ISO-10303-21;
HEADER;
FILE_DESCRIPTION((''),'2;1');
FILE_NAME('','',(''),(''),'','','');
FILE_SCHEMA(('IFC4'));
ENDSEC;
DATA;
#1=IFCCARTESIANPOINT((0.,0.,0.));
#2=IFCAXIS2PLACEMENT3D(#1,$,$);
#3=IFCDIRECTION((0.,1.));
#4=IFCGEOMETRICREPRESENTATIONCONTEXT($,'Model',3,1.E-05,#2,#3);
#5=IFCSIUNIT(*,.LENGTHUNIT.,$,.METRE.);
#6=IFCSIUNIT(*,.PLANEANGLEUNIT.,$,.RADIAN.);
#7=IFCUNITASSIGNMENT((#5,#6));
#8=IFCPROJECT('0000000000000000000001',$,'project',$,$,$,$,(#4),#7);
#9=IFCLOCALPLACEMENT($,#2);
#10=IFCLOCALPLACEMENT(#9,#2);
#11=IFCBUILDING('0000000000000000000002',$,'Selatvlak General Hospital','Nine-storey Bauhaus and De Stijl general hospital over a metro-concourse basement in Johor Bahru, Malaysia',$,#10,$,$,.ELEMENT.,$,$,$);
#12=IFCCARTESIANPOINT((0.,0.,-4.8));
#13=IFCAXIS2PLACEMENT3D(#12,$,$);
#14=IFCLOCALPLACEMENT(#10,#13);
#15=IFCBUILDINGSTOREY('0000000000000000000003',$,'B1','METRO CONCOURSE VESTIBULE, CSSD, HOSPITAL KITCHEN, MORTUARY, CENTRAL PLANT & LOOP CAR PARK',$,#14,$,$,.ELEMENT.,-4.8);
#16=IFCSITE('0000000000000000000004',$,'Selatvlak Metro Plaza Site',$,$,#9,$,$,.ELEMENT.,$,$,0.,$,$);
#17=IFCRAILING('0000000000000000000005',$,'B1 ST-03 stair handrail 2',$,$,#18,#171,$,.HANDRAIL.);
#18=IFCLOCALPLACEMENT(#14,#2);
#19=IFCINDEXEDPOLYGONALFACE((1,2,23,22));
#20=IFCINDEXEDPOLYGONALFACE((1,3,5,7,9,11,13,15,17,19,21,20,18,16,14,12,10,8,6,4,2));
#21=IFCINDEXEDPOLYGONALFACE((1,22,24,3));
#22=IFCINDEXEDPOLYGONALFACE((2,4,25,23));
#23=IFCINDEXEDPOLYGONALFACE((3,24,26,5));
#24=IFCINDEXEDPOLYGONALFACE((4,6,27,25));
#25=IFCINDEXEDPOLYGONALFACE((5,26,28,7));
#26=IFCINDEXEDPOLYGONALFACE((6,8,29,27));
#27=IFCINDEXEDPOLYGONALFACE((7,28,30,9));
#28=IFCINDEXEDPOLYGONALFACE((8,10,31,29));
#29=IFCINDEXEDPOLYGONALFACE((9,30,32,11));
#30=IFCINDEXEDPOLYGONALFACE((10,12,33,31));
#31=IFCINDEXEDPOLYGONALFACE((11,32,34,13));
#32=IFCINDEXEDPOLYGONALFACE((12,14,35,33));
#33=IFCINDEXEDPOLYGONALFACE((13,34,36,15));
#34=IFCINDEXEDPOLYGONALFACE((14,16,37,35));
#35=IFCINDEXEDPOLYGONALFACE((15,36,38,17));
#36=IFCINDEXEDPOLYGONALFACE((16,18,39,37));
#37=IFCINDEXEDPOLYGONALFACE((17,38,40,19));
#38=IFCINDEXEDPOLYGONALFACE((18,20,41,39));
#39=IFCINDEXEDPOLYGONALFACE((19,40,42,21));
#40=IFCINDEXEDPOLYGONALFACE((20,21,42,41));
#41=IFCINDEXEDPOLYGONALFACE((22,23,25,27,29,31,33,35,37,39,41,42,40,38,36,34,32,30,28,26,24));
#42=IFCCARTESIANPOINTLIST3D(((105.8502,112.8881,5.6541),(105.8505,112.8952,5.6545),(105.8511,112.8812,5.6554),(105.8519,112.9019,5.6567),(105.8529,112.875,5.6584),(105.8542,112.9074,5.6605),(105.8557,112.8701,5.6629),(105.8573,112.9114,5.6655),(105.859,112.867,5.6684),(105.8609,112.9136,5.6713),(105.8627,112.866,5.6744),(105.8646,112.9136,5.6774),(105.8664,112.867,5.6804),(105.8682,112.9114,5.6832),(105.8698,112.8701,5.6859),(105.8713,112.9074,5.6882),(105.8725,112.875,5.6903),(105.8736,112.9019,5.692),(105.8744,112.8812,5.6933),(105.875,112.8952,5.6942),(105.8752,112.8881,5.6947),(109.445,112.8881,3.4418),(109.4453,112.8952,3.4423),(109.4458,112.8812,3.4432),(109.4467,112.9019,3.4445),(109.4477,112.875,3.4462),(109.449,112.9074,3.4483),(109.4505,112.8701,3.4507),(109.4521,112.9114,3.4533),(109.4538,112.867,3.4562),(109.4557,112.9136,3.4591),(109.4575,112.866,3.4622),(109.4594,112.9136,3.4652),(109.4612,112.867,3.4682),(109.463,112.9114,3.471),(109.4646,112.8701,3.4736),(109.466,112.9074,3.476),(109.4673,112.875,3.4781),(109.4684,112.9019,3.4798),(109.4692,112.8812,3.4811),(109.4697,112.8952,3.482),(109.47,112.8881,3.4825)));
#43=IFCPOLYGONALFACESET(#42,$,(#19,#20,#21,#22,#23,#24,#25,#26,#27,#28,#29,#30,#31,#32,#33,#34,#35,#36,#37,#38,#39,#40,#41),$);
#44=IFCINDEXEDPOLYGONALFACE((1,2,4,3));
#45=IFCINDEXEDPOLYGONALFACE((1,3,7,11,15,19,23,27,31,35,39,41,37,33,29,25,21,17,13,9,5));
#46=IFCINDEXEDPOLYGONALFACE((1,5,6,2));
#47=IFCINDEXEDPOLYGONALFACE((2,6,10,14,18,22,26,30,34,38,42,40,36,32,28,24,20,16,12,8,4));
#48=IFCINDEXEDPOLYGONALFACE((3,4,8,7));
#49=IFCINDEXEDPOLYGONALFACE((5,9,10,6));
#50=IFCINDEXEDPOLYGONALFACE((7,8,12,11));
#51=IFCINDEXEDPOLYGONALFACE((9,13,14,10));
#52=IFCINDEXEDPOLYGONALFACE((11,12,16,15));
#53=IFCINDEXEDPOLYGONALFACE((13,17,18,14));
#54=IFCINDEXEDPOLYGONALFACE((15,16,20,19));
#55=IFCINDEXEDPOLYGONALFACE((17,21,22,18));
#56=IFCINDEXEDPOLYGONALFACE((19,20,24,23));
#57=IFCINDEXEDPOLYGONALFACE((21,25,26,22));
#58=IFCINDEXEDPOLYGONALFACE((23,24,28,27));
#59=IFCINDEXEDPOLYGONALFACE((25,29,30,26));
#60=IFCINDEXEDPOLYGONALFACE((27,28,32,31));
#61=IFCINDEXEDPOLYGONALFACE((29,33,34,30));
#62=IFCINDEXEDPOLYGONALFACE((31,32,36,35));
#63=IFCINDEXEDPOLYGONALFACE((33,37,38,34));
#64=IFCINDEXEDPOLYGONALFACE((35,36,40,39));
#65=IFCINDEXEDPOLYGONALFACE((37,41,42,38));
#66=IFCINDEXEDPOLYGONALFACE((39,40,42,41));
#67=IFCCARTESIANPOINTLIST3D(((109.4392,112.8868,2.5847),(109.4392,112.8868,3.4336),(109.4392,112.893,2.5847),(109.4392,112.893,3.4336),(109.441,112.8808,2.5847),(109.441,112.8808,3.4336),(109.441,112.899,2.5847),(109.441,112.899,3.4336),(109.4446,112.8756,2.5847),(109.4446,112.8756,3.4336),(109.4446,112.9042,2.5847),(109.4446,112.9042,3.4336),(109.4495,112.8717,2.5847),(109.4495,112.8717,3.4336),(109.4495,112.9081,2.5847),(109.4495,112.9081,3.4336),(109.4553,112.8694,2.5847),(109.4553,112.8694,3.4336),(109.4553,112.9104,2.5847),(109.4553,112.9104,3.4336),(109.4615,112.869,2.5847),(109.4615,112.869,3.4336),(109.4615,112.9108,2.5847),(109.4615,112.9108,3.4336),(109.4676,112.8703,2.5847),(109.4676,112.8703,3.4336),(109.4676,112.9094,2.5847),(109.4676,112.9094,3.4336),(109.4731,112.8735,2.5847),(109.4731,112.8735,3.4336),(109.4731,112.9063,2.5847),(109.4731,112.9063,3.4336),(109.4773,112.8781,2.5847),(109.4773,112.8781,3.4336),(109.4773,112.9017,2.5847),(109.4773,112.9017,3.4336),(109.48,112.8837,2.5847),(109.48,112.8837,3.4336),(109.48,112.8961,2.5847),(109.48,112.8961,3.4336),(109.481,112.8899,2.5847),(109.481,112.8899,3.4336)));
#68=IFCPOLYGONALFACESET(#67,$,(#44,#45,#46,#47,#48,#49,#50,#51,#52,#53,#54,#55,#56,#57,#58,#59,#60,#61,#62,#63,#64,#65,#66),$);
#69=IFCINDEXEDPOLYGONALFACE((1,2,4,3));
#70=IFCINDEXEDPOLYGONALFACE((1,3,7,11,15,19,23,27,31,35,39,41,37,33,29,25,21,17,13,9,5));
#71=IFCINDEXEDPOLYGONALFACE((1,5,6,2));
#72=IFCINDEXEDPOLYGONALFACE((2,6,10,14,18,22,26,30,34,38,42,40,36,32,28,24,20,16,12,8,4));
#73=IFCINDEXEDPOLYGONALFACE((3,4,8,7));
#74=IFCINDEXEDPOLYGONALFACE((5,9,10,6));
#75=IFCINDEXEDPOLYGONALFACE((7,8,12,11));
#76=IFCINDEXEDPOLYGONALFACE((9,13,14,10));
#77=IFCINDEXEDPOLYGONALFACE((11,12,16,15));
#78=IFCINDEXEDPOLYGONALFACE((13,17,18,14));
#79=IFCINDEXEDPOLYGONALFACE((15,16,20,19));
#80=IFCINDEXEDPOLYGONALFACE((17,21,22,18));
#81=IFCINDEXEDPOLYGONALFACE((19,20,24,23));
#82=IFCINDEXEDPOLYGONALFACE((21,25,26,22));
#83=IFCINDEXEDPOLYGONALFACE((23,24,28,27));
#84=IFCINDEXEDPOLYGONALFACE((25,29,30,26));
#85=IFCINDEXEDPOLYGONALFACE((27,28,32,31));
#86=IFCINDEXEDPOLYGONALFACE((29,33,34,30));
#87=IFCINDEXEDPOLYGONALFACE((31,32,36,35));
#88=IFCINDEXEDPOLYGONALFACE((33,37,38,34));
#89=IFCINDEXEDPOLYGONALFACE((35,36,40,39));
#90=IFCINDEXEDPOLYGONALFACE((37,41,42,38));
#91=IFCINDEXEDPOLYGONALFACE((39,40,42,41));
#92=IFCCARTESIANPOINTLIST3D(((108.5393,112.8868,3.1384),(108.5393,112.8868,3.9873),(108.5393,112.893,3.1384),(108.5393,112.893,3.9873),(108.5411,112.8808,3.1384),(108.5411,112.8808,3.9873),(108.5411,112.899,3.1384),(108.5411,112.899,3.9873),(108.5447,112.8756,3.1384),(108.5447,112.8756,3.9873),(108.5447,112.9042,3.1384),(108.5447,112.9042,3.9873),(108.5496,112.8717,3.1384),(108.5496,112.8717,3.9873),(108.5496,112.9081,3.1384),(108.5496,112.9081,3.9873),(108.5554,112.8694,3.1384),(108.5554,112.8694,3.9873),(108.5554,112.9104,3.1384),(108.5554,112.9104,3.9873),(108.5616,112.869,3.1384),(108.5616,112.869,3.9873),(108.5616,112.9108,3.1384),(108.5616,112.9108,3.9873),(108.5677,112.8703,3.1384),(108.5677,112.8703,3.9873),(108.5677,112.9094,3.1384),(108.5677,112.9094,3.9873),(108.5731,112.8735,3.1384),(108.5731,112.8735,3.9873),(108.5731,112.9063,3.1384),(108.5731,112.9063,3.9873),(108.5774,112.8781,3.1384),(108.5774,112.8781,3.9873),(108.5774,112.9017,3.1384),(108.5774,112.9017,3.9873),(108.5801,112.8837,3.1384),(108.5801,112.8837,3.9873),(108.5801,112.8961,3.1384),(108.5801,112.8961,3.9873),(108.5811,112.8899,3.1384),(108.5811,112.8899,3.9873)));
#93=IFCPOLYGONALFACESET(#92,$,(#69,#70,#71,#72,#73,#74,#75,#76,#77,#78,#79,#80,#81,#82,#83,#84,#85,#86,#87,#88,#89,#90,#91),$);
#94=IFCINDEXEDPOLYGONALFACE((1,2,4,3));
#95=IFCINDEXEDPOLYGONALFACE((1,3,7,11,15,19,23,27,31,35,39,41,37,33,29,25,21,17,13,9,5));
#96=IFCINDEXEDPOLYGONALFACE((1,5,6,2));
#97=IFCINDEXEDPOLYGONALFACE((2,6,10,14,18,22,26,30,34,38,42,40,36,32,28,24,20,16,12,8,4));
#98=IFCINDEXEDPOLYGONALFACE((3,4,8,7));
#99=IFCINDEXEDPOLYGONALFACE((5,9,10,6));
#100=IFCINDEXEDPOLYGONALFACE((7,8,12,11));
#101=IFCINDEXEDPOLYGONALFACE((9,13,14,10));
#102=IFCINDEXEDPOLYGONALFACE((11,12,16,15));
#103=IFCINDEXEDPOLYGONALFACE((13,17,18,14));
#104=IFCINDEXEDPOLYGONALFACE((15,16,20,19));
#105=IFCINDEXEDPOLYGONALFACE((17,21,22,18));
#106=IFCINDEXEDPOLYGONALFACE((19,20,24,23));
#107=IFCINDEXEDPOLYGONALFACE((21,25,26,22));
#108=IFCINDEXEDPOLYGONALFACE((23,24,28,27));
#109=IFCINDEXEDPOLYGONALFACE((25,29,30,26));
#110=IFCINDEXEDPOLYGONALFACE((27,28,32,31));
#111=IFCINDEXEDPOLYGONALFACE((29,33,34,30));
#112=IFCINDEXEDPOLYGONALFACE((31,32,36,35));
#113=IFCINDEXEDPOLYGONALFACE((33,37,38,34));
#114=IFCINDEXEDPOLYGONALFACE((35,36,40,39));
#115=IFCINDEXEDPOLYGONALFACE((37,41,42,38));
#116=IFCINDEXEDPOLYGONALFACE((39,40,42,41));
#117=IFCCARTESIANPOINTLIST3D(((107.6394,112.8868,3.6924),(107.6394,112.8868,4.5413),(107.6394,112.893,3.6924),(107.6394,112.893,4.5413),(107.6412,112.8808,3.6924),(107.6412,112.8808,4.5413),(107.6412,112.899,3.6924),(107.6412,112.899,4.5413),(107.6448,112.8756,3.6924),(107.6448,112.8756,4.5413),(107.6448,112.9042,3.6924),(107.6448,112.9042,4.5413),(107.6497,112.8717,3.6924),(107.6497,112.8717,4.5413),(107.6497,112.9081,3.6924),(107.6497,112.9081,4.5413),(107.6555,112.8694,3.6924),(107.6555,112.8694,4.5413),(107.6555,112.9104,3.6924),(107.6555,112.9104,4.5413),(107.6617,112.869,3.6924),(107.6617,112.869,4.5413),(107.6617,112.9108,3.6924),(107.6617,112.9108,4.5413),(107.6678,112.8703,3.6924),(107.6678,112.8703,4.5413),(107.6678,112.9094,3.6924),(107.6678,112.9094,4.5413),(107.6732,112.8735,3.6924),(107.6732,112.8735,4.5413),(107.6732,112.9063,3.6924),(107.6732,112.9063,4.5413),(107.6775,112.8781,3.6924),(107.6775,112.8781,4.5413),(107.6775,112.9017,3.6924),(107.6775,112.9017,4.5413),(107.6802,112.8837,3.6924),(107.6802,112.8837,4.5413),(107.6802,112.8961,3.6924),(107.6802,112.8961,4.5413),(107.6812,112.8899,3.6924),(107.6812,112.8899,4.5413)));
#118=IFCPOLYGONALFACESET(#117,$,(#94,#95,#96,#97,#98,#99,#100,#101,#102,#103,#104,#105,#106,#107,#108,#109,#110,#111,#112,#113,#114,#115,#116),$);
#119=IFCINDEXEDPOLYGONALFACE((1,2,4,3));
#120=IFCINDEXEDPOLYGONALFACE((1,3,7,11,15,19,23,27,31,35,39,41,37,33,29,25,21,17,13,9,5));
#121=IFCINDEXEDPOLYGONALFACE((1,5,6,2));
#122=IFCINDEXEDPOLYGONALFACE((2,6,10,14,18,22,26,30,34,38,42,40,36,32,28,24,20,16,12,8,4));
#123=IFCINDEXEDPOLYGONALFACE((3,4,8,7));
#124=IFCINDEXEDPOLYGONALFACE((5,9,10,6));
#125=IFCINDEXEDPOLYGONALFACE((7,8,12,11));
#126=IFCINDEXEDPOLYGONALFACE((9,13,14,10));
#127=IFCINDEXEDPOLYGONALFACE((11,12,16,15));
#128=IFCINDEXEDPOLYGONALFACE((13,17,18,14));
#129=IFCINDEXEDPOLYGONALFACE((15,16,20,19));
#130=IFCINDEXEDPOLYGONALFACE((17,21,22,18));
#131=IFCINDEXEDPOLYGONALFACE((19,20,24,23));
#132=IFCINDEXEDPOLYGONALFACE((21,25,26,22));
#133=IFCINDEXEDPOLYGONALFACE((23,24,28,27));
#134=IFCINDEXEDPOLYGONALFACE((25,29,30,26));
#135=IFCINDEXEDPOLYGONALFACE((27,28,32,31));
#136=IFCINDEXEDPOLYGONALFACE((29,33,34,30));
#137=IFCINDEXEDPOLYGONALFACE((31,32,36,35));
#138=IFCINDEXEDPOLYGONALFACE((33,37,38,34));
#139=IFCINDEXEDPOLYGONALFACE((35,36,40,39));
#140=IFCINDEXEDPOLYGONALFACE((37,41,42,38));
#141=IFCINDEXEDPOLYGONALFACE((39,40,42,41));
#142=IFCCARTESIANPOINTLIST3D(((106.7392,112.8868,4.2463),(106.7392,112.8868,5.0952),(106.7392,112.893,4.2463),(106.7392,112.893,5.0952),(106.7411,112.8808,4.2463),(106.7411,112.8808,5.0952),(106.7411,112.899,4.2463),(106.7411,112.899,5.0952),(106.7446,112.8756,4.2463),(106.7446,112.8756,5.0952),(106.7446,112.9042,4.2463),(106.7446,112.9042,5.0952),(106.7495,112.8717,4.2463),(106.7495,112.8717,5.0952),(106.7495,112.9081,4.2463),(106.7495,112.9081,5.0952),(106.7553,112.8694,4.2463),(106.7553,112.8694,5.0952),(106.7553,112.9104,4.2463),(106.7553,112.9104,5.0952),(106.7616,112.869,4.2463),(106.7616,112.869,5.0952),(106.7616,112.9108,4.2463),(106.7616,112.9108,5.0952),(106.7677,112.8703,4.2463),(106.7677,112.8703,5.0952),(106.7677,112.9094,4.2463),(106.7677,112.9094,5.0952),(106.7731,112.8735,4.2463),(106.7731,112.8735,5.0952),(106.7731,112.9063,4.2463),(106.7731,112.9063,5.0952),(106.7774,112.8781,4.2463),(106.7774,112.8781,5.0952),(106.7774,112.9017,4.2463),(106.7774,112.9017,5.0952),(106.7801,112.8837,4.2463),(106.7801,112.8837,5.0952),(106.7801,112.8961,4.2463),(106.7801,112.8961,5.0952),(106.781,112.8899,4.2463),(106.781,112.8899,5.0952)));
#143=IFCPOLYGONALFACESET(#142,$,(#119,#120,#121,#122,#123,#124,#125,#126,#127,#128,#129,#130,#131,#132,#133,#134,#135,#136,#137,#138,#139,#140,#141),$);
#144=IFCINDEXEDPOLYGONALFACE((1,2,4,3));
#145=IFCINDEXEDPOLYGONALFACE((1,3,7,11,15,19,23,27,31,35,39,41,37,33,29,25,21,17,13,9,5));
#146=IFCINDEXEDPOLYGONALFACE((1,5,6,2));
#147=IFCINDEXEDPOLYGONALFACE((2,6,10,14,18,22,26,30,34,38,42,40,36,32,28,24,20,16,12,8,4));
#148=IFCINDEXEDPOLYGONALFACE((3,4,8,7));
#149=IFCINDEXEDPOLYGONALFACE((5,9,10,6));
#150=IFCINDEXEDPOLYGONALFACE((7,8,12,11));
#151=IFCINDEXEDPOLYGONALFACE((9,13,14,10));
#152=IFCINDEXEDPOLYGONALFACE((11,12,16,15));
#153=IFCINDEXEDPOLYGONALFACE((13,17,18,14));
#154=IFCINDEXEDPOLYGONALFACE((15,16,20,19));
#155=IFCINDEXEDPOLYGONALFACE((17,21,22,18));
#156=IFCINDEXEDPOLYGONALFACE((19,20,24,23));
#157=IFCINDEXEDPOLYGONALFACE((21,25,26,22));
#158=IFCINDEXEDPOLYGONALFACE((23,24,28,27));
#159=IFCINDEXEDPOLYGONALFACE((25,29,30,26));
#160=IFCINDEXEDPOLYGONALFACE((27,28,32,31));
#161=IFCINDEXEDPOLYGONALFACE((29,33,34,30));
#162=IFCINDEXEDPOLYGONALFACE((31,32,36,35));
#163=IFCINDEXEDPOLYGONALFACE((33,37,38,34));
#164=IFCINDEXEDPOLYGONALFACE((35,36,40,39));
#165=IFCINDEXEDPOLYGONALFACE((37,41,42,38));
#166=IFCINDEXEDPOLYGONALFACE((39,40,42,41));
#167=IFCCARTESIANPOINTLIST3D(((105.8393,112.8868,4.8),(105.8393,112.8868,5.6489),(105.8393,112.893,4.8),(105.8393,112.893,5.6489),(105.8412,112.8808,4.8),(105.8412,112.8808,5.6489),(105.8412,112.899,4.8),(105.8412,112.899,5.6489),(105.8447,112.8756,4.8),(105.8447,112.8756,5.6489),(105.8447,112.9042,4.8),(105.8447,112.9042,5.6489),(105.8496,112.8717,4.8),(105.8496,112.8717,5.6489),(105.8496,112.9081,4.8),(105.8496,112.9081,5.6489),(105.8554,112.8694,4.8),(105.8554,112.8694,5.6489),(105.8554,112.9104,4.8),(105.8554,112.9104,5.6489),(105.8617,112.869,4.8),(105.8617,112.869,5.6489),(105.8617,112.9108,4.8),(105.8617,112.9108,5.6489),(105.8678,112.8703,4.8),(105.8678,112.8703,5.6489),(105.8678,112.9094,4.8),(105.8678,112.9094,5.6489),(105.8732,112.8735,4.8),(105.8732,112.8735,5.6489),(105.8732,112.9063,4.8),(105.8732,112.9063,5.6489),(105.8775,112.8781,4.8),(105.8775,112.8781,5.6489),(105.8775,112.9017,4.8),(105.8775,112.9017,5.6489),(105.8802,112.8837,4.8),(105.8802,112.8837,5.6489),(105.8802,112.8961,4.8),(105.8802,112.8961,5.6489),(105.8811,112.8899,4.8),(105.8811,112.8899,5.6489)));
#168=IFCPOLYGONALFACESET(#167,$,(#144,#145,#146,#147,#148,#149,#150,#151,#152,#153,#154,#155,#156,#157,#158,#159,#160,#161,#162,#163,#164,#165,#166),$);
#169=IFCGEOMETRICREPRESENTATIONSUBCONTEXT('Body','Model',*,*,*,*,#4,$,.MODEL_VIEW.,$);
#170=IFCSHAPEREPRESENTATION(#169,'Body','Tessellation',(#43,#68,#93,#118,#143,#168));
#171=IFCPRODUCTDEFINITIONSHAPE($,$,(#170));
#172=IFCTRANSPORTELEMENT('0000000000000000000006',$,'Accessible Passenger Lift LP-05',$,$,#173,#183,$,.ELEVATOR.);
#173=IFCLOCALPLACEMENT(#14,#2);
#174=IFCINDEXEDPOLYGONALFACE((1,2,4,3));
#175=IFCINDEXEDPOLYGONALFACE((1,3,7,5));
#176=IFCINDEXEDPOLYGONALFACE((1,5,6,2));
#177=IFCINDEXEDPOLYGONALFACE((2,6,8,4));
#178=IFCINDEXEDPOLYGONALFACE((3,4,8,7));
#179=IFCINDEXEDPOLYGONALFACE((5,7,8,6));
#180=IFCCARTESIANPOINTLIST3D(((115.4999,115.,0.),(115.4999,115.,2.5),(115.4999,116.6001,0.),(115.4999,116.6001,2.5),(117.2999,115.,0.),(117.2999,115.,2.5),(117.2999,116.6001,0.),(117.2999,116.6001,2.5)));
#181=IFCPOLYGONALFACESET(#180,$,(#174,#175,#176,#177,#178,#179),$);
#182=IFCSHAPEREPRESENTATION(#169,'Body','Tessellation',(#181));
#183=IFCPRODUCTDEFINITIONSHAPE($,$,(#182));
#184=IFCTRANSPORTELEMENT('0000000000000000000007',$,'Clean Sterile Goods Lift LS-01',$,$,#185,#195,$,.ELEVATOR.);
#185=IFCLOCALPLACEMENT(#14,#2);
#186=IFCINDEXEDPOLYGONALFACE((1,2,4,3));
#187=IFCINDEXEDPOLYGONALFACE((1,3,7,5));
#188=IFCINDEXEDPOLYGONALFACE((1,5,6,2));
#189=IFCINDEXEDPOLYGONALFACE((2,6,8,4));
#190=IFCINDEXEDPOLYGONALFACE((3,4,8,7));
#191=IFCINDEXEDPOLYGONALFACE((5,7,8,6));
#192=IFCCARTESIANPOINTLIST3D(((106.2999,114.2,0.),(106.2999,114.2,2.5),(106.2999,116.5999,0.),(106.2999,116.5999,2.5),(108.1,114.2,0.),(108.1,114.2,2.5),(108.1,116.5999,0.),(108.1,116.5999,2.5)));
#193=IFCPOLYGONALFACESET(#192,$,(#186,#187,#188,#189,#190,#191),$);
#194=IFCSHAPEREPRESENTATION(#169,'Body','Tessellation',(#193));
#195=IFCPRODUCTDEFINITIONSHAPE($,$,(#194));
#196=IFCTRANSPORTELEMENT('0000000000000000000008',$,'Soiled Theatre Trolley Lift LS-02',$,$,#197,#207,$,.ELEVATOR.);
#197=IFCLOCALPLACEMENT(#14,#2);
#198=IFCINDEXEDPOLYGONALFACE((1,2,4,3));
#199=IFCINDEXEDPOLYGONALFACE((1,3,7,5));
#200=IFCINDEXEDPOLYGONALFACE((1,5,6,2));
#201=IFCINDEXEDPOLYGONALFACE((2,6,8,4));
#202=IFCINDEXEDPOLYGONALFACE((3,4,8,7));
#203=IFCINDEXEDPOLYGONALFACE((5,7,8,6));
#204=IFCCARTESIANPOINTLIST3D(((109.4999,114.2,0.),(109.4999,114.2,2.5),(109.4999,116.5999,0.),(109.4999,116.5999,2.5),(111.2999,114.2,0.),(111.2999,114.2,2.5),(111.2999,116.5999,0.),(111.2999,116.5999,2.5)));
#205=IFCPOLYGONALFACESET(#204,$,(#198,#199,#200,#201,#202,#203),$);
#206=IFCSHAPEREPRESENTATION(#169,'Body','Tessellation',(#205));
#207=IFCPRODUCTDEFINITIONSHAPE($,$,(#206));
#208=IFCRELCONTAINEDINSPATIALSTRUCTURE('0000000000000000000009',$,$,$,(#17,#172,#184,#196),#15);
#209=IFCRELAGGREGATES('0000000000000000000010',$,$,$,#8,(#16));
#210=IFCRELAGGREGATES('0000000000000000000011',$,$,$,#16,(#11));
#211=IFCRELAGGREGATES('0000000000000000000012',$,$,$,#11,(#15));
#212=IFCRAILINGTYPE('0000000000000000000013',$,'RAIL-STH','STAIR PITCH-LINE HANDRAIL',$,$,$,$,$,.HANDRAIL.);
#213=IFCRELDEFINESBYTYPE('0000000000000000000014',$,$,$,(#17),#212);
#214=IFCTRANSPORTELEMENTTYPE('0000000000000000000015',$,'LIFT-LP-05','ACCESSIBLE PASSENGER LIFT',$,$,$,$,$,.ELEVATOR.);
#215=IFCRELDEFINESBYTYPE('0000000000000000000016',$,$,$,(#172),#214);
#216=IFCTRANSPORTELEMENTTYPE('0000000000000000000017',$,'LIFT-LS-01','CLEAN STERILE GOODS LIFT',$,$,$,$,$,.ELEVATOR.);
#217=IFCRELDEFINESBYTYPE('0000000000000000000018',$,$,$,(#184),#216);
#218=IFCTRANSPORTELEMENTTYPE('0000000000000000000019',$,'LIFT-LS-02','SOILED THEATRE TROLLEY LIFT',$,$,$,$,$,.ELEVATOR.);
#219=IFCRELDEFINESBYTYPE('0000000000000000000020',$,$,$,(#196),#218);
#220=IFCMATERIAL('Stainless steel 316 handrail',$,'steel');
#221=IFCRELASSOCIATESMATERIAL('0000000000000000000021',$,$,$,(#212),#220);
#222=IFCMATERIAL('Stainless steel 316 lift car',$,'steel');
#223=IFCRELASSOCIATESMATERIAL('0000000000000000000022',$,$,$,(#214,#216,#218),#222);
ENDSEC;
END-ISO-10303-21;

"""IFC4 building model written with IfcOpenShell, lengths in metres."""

from ifc_helpers import new_model, si_unit, direction, frame, origin, origin_2d, place, context, subcontext, project, spatial, rectangle, circle, extrude, material, type_object, element, save


model = new_model("IFC4")

# Units and contexts
model_context = context("Model", 3, precision=1e-05, world=origin(), true_north=direction((0.0, 1.0)))
body_context = subcontext(model_context, "Body", "Model", "MODEL_VIEW")
ifc_project = project(units=[si_unit("LENGTHUNIT", "METRE"), si_unit("PLANEANGLEUNIT", "RADIAN")], contexts=[model_context])

# Site, building, storey
site_placement = place(None, origin())
site = spatial("IfcSite", under=ifc_project, at=site_placement, Name="Selatvlak Metro Plaza Site", CompositionType="ELEMENT", RefElevation=0.0)
building_placement = place(site_placement, origin())
building = spatial("IfcBuilding", under=site, at=building_placement, Name="Selatvlak General Hospital", Description="Nine-storey Bauhaus and De Stijl general hospital over a metro-concourse basement in Johor Bahru, Malaysia", CompositionType="ELEMENT")
storey_placement = place(building_placement, frame((0.0, 0.0, -4.8)))
storey = spatial("IfcBuildingStorey", under=building, at=storey_placement, Name="B1", Description="METRO CONCOURSE VESTIBULE, CSSD, HOSPITAL KITCHEN, MORTUARY, CENTRAL PLANT & LOOP CAR PARK", CompositionType="ELEMENT", Elevation=-4.8)

# Railing
ifc_material_1 = material(Name="Stainless steel 316 handrail", Category="steel")
railing_type_1 = type_object("IfcRailingType", Name="RAIL-STH", Description="STAIR PITCH-LINE HANDRAIL", PredefinedType="HANDRAIL", material=ifc_material_1)
railing_1_placement = place(storey_placement, frame((109.46, 112.8899, 2.5847)))
element("IfcRailing", 1, at=railing_1_placement, inside=storey, type_object=railing_type_1, Name="B1 ST-03 stair handrail 2", PredefinedType="HANDRAIL", context=body_context, shape_type="SweptSolid", body=[
    extrude(circle(Radius=0.0239, at=origin_2d()), frame((-0.0024, 0.0, 0.8774), z_axis=(-0.851654, 0.0, 0.524104), x_axis=(0.0, -1.0, 0.0)), (0.0, 0.0, 1.0), 4.2209),
    extrude(circle(Radius=0.021, at=origin_2d()), origin(), (0.0, 0.0, 1.0), 0.8489),
    extrude(circle(Radius=0.021, at=origin_2d()), frame((-0.8999, 0.0, 0.5537)), (0.0, 0.0, 1.0), 0.8489),
    extrude(circle(Radius=0.021, at=origin_2d()), frame((-1.7998, 0.0, 1.1077)), (0.0, 0.0, 1.0), 0.8489),
    extrude(circle(Radius=0.021, at=origin_2d()), frame((-2.7, 0.0, 1.6616)), (0.0, 0.0, 1.0), 0.8489),
    extrude(circle(Radius=0.021, at=origin_2d()), frame((-3.5999, 0.0, 2.2153)), (0.0, 0.0, 1.0), 0.8489),
])

# Transport elements
ifc_material_2 = material(Name="Stainless steel 316 lift car", Category="steel")
transport_element_type_1 = type_object("IfcTransportElementType", Name="LIFT-LP-05", Description="ACCESSIBLE PASSENGER LIFT", PredefinedType="ELEVATOR", material=ifc_material_2)
transport_element_1_placement = place(storey_placement, frame((116.3999, 115.8, 0.0), z_axis=(0.0, 0.0, 1.0), x_axis=(1.0, 0.0, 0.0)))
element("IfcTransportElement", 2, at=transport_element_1_placement, inside=storey, type_object=transport_element_type_1, Name="Accessible Passenger Lift LP-05", PredefinedType="ELEVATOR", context=body_context, shape_type="SweptSolid", body=[
    extrude(rectangle(XDim=1.8, YDim=1.6001, at=origin_2d()), origin(), (0.0, 0.0, 1.0), 2.5),
])
transport_element_type_2 = type_object("IfcTransportElementType", Name="LIFT-LS-01", Description="CLEAN STERILE GOODS LIFT", PredefinedType="ELEVATOR", material=ifc_material_2)
transport_element_2_placement = place(storey_placement, frame((107.2, 115.3999, 0.0), z_axis=(0.0, 0.0, 1.0), x_axis=(1.0, 0.0, 0.0)))
element("IfcTransportElement", 3, at=transport_element_2_placement, inside=storey, type_object=transport_element_type_2, Name="Clean Sterile Goods Lift LS-01", PredefinedType="ELEVATOR", context=body_context, shape_type="SweptSolid", body=[
    extrude(rectangle(XDim=1.8, YDim=2.3999, at=origin_2d()), origin(), (0.0, 0.0, 1.0), 2.5),
])
transport_element_type_3 = type_object("IfcTransportElementType", Name="LIFT-LS-02", Description="SOILED THEATRE TROLLEY LIFT", PredefinedType="ELEVATOR", material=ifc_material_2)
transport_element_3_placement = place(storey_placement, frame((110.3999, 115.3999, 0.0), z_axis=(0.0, 0.0, 1.0), x_axis=(1.0, 0.0, 0.0)))
element("IfcTransportElement", 4, at=transport_element_3_placement, inside=storey, type_object=transport_element_type_3, Name="Soiled Theatre Trolley Lift LS-02", PredefinedType="ELEVATOR", context=body_context, shape_type="SweptSolid", body=[
    extrude(rectangle(XDim=1.8, YDim=2.3999, at=origin_2d()), origin(), (0.0, 0.0, 1.0), 2.5),
])

save(model, "model.ifc")
